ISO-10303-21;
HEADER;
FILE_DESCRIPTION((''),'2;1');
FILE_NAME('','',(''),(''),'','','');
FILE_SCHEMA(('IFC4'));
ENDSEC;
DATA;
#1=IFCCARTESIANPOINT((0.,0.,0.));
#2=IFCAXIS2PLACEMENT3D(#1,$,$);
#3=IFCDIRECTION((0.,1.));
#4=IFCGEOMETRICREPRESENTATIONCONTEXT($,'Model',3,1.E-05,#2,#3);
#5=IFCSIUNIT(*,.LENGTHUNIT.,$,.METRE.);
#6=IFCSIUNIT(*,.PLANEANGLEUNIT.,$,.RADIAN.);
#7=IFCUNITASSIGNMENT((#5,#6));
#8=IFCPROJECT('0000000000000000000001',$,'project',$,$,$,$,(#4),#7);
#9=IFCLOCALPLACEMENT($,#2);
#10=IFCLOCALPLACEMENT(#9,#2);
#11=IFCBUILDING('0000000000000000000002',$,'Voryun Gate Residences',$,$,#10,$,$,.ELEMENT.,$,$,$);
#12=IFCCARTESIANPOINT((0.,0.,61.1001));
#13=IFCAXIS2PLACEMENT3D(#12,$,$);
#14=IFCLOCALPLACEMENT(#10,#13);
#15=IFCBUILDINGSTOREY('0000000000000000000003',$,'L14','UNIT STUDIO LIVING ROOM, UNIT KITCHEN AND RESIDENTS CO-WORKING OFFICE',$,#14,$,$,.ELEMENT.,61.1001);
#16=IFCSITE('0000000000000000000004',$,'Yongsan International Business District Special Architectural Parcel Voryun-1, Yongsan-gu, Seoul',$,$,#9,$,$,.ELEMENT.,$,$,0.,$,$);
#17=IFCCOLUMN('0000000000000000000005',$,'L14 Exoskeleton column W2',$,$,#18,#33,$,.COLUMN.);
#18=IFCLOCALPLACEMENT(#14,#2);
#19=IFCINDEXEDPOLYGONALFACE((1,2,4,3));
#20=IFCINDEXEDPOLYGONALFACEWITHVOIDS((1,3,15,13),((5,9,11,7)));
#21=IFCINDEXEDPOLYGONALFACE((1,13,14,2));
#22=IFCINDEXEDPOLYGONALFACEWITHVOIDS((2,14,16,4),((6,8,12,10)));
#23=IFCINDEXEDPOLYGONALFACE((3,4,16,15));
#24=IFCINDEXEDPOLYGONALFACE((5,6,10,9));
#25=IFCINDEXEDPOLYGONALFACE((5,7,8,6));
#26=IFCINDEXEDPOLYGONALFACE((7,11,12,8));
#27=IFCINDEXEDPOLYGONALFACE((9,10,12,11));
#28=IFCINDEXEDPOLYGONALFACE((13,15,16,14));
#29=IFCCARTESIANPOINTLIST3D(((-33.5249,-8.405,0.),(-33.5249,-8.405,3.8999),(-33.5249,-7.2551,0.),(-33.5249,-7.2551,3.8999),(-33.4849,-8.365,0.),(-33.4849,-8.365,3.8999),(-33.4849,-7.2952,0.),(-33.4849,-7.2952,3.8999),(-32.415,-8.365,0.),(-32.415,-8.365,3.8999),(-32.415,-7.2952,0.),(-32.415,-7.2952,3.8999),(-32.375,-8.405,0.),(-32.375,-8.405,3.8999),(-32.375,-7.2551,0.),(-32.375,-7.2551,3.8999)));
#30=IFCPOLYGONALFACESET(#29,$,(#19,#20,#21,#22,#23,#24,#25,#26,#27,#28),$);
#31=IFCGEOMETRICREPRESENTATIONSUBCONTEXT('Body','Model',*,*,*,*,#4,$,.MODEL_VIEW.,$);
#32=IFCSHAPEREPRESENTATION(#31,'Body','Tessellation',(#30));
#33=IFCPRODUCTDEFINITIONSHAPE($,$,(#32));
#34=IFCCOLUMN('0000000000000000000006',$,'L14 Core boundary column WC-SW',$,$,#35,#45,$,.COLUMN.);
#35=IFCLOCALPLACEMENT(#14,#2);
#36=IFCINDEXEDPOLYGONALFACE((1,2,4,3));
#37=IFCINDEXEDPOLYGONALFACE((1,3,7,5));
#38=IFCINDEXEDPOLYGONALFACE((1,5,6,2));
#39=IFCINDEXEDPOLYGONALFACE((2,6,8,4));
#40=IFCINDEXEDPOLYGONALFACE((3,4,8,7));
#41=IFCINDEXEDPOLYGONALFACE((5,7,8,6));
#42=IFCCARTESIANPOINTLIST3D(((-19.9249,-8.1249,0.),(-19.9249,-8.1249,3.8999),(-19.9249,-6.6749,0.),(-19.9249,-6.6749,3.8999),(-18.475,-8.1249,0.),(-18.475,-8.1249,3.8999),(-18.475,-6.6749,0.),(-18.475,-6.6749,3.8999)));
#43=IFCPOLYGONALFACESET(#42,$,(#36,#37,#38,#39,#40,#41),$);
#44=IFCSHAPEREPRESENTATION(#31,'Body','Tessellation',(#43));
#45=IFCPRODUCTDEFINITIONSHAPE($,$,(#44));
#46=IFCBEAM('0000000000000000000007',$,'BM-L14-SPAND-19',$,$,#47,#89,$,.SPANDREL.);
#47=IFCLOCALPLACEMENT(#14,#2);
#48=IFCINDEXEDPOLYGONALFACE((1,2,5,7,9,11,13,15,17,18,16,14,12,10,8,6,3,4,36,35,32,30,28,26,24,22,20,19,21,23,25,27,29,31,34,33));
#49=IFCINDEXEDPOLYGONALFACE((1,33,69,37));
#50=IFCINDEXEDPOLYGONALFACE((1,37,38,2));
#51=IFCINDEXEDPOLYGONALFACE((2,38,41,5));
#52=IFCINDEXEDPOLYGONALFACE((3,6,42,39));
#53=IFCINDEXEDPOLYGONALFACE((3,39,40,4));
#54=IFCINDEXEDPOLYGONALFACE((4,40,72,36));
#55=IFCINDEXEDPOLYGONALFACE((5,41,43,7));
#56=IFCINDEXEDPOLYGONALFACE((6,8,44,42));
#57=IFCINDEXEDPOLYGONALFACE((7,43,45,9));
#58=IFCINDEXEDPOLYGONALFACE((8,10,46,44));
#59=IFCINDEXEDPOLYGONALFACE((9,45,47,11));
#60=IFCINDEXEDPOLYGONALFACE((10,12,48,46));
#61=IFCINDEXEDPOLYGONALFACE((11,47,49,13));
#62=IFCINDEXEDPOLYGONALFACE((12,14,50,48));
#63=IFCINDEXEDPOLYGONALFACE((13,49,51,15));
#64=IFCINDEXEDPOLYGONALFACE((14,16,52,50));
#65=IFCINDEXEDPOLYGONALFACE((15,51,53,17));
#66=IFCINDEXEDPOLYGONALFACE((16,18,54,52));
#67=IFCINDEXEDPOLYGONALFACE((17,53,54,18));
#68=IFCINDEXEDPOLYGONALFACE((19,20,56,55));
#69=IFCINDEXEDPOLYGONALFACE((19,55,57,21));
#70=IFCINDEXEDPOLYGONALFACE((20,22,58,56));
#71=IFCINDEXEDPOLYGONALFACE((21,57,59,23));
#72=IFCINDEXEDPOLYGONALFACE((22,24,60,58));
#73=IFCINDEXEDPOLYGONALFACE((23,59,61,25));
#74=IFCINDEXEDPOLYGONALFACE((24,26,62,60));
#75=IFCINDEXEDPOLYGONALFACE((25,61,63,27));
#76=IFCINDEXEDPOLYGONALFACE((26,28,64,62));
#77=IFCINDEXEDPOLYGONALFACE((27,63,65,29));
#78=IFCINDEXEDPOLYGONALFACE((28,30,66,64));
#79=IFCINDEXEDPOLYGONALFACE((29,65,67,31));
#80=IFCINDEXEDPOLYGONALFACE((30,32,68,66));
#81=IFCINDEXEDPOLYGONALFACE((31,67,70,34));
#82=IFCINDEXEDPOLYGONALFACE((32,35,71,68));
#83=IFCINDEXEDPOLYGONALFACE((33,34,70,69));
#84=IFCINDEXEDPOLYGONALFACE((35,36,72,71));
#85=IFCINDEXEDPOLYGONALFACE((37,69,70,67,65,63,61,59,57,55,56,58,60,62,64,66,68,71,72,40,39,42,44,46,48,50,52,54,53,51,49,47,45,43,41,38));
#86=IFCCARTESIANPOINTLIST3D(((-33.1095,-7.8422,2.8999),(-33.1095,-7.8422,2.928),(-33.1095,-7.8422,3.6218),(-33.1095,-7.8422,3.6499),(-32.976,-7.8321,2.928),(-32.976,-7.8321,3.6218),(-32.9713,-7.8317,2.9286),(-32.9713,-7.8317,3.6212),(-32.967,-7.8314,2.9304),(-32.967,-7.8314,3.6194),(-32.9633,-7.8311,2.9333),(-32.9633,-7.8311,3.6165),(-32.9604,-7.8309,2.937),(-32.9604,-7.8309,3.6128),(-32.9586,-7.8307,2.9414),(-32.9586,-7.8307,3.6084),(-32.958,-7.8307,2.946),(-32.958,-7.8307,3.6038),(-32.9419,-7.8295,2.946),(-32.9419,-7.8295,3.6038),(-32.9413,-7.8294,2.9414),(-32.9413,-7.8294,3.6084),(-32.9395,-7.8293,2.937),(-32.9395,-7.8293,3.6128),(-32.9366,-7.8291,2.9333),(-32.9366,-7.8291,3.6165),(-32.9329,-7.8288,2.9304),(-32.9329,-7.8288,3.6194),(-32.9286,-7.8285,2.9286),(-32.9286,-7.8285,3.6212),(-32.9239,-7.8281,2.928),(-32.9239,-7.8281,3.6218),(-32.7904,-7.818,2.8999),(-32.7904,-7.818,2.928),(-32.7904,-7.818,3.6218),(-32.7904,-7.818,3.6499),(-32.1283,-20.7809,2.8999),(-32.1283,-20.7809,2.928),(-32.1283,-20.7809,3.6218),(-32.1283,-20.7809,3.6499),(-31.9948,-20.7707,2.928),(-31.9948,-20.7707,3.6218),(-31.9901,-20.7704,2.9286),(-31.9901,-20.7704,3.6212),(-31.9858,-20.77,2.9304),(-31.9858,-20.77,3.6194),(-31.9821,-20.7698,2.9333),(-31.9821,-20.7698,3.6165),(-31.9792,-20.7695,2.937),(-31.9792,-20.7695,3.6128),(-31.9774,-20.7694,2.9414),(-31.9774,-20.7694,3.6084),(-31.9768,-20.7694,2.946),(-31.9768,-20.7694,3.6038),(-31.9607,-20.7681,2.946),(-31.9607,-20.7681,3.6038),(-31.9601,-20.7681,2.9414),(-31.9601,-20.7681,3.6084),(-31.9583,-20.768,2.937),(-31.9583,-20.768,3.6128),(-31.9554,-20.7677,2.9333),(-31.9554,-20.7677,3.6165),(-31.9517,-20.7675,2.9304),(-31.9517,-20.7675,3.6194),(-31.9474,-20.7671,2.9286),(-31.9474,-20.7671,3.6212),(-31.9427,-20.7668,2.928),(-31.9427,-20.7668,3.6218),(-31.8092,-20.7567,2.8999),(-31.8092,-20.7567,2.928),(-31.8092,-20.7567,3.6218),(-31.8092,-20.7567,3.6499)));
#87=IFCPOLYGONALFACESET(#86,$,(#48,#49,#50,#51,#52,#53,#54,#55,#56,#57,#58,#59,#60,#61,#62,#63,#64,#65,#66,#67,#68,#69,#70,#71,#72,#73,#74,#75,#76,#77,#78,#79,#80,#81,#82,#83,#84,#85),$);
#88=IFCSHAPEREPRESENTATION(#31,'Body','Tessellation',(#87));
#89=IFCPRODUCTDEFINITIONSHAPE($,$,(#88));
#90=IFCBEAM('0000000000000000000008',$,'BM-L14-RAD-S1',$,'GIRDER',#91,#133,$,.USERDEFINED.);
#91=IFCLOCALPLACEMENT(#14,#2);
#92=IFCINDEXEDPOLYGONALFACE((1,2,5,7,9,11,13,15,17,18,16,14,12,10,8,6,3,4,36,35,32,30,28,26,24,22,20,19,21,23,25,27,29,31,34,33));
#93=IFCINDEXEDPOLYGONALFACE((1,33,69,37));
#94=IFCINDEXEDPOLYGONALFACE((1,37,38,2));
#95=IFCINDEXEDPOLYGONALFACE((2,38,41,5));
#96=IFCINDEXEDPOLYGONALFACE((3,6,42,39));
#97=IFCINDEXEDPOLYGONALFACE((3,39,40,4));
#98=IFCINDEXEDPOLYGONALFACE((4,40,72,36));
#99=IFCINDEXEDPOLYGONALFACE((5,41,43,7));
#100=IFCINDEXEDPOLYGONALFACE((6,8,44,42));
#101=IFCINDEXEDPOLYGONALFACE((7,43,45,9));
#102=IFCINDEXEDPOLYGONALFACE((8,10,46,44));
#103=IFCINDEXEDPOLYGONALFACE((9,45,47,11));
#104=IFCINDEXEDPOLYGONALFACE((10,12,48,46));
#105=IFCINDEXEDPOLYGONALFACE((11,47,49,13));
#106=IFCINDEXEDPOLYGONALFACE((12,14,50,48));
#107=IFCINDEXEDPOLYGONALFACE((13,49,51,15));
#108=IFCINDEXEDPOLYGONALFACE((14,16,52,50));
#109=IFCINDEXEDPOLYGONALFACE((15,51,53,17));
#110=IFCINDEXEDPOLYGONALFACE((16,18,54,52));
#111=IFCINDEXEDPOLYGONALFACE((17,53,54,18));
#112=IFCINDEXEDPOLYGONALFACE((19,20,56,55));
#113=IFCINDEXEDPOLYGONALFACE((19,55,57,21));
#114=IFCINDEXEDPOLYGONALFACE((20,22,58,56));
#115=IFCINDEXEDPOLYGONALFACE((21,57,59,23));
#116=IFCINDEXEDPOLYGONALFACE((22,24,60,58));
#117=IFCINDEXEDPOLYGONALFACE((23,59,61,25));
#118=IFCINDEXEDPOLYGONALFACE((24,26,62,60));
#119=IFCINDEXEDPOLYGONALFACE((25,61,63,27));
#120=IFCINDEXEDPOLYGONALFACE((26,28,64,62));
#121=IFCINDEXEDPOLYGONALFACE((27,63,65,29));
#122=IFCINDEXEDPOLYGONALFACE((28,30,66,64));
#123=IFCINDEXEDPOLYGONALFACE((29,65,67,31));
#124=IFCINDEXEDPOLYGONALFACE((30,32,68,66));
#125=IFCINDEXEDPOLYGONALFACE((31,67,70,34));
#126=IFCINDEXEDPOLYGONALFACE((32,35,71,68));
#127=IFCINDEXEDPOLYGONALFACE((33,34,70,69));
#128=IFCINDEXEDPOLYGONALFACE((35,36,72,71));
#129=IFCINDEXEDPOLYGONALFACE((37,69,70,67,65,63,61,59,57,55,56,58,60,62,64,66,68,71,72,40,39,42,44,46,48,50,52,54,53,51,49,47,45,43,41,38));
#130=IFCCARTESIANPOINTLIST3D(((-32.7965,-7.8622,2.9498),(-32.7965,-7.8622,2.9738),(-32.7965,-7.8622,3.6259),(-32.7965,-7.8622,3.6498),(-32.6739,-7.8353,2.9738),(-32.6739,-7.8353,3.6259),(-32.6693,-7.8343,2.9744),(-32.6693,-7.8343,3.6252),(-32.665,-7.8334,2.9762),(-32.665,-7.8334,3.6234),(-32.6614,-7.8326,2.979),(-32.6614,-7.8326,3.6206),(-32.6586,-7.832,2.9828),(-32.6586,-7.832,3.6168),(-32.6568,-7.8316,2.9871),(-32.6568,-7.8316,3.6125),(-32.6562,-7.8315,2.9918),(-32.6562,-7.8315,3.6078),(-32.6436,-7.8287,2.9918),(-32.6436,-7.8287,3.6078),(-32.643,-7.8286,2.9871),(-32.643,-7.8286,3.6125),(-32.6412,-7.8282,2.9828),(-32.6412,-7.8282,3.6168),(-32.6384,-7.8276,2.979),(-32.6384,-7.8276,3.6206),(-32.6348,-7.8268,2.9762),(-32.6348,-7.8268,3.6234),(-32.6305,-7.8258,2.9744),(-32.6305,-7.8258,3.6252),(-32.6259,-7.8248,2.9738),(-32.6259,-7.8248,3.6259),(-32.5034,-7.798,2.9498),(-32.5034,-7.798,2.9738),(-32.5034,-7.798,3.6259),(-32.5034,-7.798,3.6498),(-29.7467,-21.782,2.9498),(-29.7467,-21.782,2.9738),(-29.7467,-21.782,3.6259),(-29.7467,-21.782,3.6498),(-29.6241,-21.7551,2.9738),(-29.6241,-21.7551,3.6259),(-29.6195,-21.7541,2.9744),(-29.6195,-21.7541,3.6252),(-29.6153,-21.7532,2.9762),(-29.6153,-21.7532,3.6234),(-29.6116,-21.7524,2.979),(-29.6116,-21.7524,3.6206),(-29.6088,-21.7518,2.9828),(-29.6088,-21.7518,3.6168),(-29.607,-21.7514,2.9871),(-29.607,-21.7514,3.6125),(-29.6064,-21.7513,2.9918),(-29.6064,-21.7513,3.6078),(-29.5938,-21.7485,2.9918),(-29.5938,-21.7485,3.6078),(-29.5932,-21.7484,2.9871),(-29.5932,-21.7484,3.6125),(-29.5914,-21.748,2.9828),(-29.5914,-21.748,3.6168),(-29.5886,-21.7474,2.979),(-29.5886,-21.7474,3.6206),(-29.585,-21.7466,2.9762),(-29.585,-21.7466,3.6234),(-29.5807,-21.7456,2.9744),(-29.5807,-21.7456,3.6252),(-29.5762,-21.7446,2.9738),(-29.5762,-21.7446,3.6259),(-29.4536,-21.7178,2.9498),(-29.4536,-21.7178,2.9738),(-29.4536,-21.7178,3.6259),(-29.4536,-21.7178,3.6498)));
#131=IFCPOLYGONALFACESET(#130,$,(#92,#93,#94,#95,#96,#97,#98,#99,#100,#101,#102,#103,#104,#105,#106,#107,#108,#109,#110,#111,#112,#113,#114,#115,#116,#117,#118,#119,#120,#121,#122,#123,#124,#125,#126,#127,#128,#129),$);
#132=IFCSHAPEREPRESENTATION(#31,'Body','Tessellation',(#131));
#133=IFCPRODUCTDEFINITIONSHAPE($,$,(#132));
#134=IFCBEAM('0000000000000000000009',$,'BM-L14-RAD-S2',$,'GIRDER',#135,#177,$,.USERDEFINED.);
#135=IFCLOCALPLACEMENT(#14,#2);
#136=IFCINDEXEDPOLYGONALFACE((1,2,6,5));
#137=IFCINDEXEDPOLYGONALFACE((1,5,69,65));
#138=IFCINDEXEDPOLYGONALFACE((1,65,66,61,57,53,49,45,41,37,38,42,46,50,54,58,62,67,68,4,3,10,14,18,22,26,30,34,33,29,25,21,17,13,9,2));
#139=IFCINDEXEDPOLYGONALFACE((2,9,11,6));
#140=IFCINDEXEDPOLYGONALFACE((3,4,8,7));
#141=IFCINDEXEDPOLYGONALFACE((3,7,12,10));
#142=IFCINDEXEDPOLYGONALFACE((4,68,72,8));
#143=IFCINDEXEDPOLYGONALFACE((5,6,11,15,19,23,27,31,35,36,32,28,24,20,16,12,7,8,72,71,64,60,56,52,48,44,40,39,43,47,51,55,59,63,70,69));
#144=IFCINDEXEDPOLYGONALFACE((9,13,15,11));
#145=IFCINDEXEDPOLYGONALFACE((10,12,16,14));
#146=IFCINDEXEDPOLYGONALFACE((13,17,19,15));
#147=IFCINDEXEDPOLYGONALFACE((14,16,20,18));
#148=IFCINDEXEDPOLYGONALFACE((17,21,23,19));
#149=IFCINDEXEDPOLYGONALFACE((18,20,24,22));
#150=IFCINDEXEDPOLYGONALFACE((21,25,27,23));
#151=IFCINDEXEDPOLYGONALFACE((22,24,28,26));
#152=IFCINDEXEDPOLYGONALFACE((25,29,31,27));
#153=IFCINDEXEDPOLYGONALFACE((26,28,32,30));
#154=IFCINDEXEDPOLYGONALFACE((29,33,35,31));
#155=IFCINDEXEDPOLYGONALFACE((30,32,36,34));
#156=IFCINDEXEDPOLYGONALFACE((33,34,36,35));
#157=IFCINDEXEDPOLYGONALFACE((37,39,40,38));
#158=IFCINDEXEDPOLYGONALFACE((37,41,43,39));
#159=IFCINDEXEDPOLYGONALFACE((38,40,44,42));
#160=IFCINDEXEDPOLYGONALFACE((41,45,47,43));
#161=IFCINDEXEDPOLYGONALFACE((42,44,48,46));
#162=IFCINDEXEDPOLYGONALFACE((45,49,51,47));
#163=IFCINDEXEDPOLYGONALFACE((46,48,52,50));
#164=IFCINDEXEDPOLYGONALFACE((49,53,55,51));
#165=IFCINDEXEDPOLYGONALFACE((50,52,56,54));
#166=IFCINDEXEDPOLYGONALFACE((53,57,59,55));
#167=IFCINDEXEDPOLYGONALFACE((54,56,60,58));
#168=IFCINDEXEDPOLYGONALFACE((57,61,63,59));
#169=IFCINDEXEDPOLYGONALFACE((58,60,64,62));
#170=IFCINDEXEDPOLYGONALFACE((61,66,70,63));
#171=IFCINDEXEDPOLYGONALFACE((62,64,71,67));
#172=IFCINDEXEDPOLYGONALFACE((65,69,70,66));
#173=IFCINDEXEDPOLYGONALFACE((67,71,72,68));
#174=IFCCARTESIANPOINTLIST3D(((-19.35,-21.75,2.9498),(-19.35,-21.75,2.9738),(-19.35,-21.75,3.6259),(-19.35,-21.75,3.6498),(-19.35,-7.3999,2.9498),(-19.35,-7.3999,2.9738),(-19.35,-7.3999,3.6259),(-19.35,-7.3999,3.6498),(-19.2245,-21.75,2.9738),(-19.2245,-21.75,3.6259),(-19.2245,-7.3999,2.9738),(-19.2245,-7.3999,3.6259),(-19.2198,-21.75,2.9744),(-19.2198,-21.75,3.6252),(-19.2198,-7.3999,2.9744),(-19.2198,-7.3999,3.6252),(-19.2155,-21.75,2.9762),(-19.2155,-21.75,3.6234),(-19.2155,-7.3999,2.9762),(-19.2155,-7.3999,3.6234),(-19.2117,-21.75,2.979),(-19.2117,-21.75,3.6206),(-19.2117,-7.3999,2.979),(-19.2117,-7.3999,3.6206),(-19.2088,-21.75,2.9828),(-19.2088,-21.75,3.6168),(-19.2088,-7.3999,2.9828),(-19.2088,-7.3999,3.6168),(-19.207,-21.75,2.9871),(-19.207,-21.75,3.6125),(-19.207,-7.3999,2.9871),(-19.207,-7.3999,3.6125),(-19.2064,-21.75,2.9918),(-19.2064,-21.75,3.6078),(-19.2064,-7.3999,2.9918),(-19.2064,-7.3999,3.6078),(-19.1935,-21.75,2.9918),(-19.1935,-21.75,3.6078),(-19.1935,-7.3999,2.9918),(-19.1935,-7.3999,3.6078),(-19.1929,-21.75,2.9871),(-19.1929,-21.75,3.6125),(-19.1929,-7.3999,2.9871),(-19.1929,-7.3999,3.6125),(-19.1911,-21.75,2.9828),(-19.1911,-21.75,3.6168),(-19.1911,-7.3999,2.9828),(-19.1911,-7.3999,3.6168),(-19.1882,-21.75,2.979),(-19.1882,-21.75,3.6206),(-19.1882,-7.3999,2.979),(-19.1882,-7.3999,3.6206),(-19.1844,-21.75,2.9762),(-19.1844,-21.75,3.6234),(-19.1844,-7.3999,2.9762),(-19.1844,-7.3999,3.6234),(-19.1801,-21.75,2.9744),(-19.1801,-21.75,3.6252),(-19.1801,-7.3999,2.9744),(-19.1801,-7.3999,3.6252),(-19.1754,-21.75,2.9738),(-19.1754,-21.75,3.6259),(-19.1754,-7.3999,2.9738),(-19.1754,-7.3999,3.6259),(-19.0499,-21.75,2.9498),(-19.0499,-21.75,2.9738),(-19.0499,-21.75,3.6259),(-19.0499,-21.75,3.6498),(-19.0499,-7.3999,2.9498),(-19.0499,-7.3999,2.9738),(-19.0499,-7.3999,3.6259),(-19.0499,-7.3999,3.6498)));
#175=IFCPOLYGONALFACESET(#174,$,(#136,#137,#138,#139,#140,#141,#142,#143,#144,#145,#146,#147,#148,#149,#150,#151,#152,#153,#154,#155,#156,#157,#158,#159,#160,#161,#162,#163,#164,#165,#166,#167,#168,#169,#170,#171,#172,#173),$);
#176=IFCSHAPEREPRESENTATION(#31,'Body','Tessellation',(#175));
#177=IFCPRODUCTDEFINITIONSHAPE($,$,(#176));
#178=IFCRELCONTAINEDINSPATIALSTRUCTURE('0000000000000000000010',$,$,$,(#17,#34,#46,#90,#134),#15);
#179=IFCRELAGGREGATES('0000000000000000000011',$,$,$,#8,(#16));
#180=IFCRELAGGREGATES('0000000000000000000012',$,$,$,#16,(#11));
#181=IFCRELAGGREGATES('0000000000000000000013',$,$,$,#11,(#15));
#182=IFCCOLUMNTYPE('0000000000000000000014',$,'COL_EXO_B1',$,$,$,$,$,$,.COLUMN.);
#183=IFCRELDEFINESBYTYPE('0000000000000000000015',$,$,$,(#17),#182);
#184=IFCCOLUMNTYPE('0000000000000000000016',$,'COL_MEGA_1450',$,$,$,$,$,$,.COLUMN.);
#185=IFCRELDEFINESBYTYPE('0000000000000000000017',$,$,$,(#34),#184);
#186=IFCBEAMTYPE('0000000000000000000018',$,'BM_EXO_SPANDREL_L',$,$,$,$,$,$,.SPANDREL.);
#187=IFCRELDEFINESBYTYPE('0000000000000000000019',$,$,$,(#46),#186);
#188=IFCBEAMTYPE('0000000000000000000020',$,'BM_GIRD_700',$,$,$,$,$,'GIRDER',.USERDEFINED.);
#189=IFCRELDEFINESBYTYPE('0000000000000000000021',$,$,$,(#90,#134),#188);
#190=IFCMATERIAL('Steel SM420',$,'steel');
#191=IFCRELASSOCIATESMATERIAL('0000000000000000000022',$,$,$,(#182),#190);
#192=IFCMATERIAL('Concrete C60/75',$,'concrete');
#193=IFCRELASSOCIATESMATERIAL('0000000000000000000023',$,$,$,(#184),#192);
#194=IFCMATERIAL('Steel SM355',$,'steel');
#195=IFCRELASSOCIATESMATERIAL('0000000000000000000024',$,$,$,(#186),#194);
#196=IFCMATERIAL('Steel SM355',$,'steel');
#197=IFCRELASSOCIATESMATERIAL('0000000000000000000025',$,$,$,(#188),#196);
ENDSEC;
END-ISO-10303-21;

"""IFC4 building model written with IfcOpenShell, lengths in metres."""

from ifc_helpers import new_model, si_unit, direction, frame, origin, origin_2d, place, context, subcontext, project, spatial, rectangle, hollow_rectangle, i_section, extrude, material, material_profile, profile_set, type_object, element, save


model = new_model("IFC4")

# Units and contexts
model_context = context("Model", 3, precision=1e-05, world=origin(), true_north=direction((0.0, 1.0)))
body_context = subcontext(model_context, "Body", "Model", "MODEL_VIEW")
ifc_project = project(units=[si_unit("LENGTHUNIT", "METRE"), si_unit("PLANEANGLEUNIT", "RADIAN")], contexts=[model_context])

# Site, building, storey
site_placement = place(None, origin())
site = spatial("IfcSite", under=ifc_project, at=site_placement, Name="Yongsan International Business District Special Architectural Parcel Voryun-1, Yongsan-gu, Seoul", CompositionType="ELEMENT", RefElevation=0.0)
building_placement = place(site_placement, origin())
building = spatial("IfcBuilding", under=site, at=building_placement, Name="Voryun Gate Residences", CompositionType="ELEMENT")
storey_placement = place(building_placement, frame((0.0, 0.0, 61.1001)))
storey = spatial("IfcBuildingStorey", under=building, at=storey_placement, Name="L14", Description="UNIT STUDIO LIVING ROOM, UNIT KITCHEN AND RESIDENTS CO-WORKING OFFICE", CompositionType="ELEMENT", Elevation=61.1001)

# Columns
ifc_material_1 = material(Name="Steel SM420", Category="steel")
ifc_material_profile_1 = material_profile(ifc_material_1, hollow_rectangle(XDim=1.1499, YDim=1.1499, WallThickness=0.04, at=origin_2d()), Name="BOX-1150x1150x40")
ifc_profile_set_1 = profile_set([ifc_material_profile_1], Name="Steel SM420")
column_type_1 = type_object("IfcColumnType", Name="COL_EXO_B1", PredefinedType="COLUMN", material=ifc_profile_set_1)
column_1_placement = place(storey_placement, frame((-32.95, -7.8301, 0.0), z_axis=(0.0, 0.0, 1.0), x_axis=(1.0, 0.0, 0.0)))
element("IfcColumn", 1, at=column_1_placement, inside=storey, type_object=column_type_1, Name="L14 Exoskeleton column W2", PredefinedType="COLUMN", context=body_context, shape_type="SweptSolid", body=[
    extrude(hollow_rectangle(XDim=1.1499, YDim=1.1499, WallThickness=0.04, at=origin_2d()), origin(), (0.0, 0.0, 1.0), 3.8999),
])
ifc_material_2 = material(Name="Concrete C60/75", Category="concrete")
ifc_material_profile_2 = material_profile(ifc_material_2, rectangle(XDim=1.45, YDim=1.45, at=origin_2d()), Name="RC-1450x1450")
ifc_profile_set_2 = profile_set([ifc_material_profile_2], Name="Concrete C60/75")
column_type_2 = type_object("IfcColumnType", Name="COL_MEGA_1450", PredefinedType="COLUMN", material=ifc_profile_set_2)
column_2_placement = place(storey_placement, frame((-19.2, -7.3999, 0.0), z_axis=(0.0, 0.0, 1.0), x_axis=(1.0, 0.0, 0.0)))
element("IfcColumn", 2, at=column_2_placement, inside=storey, type_object=column_type_2, Name="L14 Core boundary column WC-SW", PredefinedType="COLUMN", context=body_context, shape_type="SweptSolid", body=[
    extrude(rectangle(XDim=1.45, YDim=1.45, at=origin_2d()), origin(), (0.0, 0.0, 1.0), 3.8999),
])

# Beams
ifc_material_3 = material(Name="Steel SM355", Category="steel")
ifc_material_profile_3 = material_profile(ifc_material_3, i_section(OverallWidth=0.3201, OverallDepth=0.75, WebThickness=0.0161, FlangeThickness=0.0281, FilletRadius=0.0181, at=origin_2d()), Name="H-750x320x16x28")
ifc_profile_set_3 = profile_set([ifc_material_profile_3], Name="Steel SM355")
beam_type_1 = type_object("IfcBeamType", Name="BM_EXO_SPANDREL_L", PredefinedType="SPANDREL", material=ifc_profile_set_3)
beam_1_placement = place(storey_placement, frame((-32.95, -7.8301, 3.2749), z_axis=(0.075617, -0.997137, 0.0), x_axis=(0.997137, 0.075617, 0.0)))
element("IfcBeam", 3, at=beam_1_placement, inside=storey, type_object=beam_type_1, Name="BM-L14-SPAND-19", PredefinedType="SPANDREL", context=body_context, shape_type="SweptSolid", body=[
    extrude(i_section(OverallWidth=0.3201, OverallDepth=0.75, WebThickness=0.0161, FlangeThickness=0.0281, FilletRadius=0.0181, at=origin_2d()), origin(), (0.0, 0.0, 1.0), 12.9758),
])
ifc_material_4 = material(Name="Steel SM355", Category="steel")
ifc_material_profile_4 = material_profile(ifc_material_4, i_section(OverallWidth=0.3, OverallDepth=0.7, WebThickness=0.0129, FlangeThickness=0.0239, FilletRadius=0.0181, at=origin_2d()), Name="H-700x300x13x24")
ifc_profile_set_4 = profile_set([ifc_material_profile_4], Name="Steel SM355")
beam_type_2 = type_object("IfcBeamType", Name="BM_GIRD_700", ElementType="GIRDER", PredefinedType="USERDEFINED", material=ifc_profile_set_4)
beam_2_placement = place(storey_placement, frame((-32.6499, -7.8301, 3.2998), z_axis=(0.21402, -0.976829, 0.0), x_axis=(0.976829, 0.21402, 0.0)))
element("IfcBeam", 4, at=beam_2_placement, inside=storey, type_object=beam_type_2, Name="BM-L14-RAD-S1", ObjectType="GIRDER", PredefinedType="USERDEFINED", context=body_context, shape_type="SweptSolid", body=[
    extrude(i_section(OverallWidth=0.3, OverallDepth=0.7, WebThickness=0.0129, FlangeThickness=0.0239, FilletRadius=0.0181, at=origin_2d()), origin(), (0.0, 0.0, 1.0), 14.25),
])
beam_3_placement = place(storey_placement, frame((-19.2, -7.3999, 3.2998), z_axis=(0.0, -1.0, 0.0), x_axis=(1.0, 0.0, 0.0)))
element("IfcBeam", 5, at=beam_3_placement, inside=storey, type_object=beam_type_2, Name="BM-L14-RAD-S2", ObjectType="GIRDER", PredefinedType="USERDEFINED", context=body_context, shape_type="SweptSolid", body=[
    extrude(i_section(OverallWidth=0.3, OverallDepth=0.7, WebThickness=0.0129, FlangeThickness=0.0239, FilletRadius=0.0181, at=origin_2d()), origin(), (0.0, 0.0, 1.0), 14.3501),
])

save(model, "model.ifc")
